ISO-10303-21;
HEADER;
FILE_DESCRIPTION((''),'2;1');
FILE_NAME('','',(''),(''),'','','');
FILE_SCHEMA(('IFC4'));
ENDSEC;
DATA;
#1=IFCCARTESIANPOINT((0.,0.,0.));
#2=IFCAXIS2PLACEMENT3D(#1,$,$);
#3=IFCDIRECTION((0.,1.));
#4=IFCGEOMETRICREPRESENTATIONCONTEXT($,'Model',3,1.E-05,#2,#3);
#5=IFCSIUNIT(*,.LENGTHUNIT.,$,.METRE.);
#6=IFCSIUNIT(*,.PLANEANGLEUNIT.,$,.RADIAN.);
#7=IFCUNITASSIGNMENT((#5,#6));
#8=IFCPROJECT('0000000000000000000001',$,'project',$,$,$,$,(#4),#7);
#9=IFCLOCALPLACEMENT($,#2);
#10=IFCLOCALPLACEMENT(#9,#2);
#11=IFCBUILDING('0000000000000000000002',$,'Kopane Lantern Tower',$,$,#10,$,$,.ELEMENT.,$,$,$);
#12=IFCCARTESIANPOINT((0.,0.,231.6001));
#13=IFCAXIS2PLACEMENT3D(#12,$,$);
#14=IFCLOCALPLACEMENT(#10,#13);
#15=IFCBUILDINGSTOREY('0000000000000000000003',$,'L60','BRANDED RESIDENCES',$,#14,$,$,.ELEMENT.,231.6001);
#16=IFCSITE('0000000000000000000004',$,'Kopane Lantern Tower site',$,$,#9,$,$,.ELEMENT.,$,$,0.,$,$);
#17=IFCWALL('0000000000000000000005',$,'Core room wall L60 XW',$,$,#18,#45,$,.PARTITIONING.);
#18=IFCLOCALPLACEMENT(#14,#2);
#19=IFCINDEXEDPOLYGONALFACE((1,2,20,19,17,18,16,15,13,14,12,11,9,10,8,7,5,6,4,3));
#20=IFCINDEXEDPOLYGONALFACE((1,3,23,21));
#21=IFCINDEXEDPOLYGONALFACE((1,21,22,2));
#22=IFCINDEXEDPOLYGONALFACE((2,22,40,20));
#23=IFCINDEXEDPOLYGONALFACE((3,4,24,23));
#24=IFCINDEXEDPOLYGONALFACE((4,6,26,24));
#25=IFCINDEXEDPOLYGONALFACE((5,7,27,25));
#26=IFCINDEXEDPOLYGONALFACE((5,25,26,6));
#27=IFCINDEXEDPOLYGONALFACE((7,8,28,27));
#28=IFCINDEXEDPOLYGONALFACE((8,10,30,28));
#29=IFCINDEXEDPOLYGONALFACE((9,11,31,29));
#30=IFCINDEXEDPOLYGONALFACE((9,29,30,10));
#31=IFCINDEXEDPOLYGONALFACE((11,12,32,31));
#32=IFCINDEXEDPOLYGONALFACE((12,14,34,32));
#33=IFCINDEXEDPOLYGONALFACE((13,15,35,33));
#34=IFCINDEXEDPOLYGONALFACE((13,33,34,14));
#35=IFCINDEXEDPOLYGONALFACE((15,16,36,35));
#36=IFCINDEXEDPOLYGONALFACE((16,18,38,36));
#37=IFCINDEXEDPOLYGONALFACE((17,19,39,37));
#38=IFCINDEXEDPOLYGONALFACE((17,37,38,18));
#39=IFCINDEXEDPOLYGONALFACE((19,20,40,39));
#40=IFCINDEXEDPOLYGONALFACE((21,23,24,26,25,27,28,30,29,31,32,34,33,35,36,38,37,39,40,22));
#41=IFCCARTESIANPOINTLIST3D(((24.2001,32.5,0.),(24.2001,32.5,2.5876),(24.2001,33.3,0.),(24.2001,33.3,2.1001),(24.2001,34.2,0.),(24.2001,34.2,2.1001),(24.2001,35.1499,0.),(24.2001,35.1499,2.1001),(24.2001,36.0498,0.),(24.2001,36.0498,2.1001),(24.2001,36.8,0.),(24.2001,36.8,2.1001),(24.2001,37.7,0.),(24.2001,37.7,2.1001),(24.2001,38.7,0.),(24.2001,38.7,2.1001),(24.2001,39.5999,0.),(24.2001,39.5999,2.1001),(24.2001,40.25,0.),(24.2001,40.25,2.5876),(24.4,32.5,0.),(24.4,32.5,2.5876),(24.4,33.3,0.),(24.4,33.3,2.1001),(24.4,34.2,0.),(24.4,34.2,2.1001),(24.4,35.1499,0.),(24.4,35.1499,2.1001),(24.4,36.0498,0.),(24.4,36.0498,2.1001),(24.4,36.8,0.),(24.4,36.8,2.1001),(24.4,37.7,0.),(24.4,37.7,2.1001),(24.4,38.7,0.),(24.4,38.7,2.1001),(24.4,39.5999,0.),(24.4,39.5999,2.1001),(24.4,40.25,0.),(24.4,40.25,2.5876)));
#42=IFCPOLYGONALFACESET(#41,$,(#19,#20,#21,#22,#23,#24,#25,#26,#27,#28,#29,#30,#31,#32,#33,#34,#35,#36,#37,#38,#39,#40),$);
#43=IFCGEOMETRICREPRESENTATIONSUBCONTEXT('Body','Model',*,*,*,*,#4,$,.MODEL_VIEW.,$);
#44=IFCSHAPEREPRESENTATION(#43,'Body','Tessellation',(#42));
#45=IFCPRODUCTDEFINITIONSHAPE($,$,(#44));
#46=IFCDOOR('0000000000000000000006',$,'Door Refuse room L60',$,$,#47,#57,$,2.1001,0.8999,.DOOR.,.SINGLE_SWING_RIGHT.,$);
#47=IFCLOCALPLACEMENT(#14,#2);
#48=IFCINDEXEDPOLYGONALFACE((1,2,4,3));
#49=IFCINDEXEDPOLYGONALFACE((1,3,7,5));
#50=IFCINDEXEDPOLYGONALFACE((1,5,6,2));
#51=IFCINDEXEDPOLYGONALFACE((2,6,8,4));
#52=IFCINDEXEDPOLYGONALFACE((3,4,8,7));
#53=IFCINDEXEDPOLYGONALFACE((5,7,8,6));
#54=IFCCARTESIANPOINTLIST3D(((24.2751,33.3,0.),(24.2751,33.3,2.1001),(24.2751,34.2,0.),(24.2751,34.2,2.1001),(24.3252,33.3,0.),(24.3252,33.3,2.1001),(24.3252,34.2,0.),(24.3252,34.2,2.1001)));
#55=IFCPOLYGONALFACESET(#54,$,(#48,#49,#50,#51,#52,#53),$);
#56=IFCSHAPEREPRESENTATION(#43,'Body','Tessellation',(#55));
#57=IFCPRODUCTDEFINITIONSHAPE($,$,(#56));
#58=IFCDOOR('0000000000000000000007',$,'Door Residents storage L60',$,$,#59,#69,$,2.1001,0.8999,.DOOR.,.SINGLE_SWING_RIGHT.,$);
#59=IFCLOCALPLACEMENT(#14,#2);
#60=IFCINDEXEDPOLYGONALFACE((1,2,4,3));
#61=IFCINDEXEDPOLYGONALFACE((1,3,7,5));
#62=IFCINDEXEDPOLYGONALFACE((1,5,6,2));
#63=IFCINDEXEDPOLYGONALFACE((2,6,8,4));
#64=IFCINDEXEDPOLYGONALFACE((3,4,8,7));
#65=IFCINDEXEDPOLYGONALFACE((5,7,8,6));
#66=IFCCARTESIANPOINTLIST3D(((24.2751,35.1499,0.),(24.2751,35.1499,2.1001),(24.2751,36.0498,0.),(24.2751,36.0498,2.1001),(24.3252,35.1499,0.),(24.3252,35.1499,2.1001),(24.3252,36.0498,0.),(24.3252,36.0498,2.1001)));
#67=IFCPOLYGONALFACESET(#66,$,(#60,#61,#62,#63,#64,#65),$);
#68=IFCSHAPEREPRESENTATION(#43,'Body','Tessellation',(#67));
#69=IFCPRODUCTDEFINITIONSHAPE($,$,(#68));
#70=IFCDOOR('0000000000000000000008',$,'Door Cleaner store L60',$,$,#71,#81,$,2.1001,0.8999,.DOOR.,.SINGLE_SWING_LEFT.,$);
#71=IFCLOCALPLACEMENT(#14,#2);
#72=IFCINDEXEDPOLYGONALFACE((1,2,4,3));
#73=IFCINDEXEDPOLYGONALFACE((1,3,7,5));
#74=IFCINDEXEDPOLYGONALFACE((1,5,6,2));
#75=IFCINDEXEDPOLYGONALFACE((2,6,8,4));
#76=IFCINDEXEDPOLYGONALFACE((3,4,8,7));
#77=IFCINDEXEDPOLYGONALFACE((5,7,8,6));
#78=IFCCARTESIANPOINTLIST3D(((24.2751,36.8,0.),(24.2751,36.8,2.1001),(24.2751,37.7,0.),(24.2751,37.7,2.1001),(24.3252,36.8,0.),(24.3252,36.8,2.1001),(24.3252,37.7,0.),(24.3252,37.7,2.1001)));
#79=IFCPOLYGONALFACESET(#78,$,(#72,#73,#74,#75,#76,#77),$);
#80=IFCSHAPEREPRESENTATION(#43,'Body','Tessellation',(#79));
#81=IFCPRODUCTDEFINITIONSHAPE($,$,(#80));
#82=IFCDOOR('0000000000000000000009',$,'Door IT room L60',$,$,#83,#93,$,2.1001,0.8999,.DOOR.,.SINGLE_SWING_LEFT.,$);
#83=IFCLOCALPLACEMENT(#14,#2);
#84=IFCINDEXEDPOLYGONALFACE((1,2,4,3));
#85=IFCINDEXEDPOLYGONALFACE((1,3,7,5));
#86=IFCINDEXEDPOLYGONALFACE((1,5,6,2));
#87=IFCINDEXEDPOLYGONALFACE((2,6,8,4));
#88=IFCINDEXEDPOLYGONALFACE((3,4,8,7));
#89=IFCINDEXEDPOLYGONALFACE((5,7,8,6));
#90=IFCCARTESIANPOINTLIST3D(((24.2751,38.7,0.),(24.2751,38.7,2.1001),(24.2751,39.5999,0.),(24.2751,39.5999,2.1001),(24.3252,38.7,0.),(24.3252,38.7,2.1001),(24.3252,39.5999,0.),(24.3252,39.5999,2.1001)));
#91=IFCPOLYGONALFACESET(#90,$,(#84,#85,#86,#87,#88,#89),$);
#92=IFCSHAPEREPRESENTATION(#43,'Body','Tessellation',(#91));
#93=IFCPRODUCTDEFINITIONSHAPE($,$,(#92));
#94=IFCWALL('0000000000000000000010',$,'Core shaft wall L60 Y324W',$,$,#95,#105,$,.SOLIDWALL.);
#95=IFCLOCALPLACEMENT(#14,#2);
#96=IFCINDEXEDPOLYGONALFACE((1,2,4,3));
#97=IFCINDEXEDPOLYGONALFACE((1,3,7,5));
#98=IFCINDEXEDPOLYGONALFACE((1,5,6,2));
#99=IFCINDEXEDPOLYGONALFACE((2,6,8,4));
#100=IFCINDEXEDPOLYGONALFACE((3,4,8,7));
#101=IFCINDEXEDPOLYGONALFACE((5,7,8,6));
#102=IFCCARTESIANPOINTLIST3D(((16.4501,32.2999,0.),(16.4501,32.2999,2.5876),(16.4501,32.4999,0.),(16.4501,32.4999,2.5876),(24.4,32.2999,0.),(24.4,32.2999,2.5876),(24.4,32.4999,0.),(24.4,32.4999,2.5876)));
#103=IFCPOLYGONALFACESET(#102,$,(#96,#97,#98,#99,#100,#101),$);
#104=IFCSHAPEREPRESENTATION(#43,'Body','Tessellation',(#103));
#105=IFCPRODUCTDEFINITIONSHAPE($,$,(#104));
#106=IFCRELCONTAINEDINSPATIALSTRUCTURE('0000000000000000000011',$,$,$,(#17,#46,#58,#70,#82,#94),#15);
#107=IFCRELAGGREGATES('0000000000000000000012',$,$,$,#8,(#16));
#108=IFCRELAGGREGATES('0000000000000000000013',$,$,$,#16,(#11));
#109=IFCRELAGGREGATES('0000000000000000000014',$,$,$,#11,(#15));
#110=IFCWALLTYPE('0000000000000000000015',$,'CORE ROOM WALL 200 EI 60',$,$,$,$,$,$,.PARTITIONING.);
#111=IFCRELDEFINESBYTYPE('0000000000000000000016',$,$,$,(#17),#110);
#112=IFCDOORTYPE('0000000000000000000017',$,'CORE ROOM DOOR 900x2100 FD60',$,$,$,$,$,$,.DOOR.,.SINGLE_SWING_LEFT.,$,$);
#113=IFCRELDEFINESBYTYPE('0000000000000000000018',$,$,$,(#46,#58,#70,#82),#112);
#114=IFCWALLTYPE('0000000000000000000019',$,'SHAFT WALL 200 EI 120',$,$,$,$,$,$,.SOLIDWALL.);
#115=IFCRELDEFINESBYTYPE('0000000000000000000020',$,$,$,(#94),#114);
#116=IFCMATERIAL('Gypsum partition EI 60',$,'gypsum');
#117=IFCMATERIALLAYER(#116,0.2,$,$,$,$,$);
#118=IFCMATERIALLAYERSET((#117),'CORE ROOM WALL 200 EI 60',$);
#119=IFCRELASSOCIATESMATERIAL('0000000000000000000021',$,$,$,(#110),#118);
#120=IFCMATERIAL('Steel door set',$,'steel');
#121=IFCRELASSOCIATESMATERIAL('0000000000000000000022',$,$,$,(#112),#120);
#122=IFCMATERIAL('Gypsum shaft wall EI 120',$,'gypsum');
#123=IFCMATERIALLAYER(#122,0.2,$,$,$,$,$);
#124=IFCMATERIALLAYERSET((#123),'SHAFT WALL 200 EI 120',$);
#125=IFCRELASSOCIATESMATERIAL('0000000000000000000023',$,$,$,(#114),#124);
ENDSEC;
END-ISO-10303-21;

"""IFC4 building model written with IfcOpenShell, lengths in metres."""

from ifc_helpers import new_model, si_unit, direction, frame, frame_2d, origin, place, context, subcontext, project, spatial, rectangle, extrude, material, layer, layer_set, type_object, element, fill, save


model = new_model("IFC4")

# Units and contexts
model_context = context("Model", 3, precision=1e-05, world=origin(), true_north=direction((0.0, 1.0)))
body_context = subcontext(model_context, "Body", "Model", "MODEL_VIEW")
ifc_project = project(units=[si_unit("LENGTHUNIT", "METRE"), si_unit("PLANEANGLEUNIT", "RADIAN")], contexts=[model_context])

# Site, building, storey
site_placement = place(None, origin())
site = spatial("IfcSite", under=ifc_project, at=site_placement, Name="Kopane Lantern Tower site", CompositionType="ELEMENT", RefElevation=0.0)
building_placement = place(site_placement, origin())
building = spatial("IfcBuilding", under=site, at=building_placement, Name="Kopane Lantern Tower", CompositionType="ELEMENT")
storey_placement = place(building_placement, frame((0.0, 0.0, 231.6001)))
storey = spatial("IfcBuildingStorey", under=building, at=storey_placement, Name="L60", Description="BRANDED RESIDENCES", CompositionType="ELEMENT", Elevation=231.6001)

# Wall, openings, doors
ifc_material_1 = material(Name="Gypsum partition EI 60", Category="gypsum")
ifc_layer_1 = layer(ifc_material_1, 0.2)
ifc_layer_set_1 = layer_set([ifc_layer_1], Name="CORE ROOM WALL 200 EI 60")
wall_type_1 = type_object("IfcWallType", Name="CORE ROOM WALL 200 EI 60", PredefinedType="PARTITIONING", material=ifc_layer_set_1)
wall_1_placement = place(storey_placement, frame((24.3, 32.5, 0.0), z_axis=(0.0, 0.0, 1.0), x_axis=(0.0, 1.0, 0.0)))
wall_1 = element("IfcWall", 1, at=wall_1_placement, inside=storey, type_object=wall_type_1, Name="Core room wall L60 XW", PredefinedType="PARTITIONING", context=body_context, shape_type="SweptSolid", body=[
    extrude(rectangle(XDim=7.75, YDim=0.2, at=frame_2d((3.875, 0.0))), origin(), (0.0, 0.0, 1.0), 2.5876),
])
opening_1_placement = place(wall_1_placement, frame((0.8, 0.0, 0.0)))
opening_1 = element("IfcOpeningElement", 2, at=opening_1_placement, cuts=wall_1, PredefinedType="OPENING", context=body_context, shape_type="SweptSolid", body=[
    extrude(rectangle(XDim=0.8999, YDim=2.1001, at=frame_2d((0.45, 1.05))), frame((0.0, 0.1099, 0.0), z_axis=(0.0, -1.0, 0.0), x_axis=(1.0, 0.0, 0.0)), (0.0, 0.0, 1.0), 0.22),
])
opening_2_placement = place(wall_1_placement, frame((2.6499, 0.0, 0.0)))
opening_2 = element("IfcOpeningElement", 3, at=opening_2_placement, cuts=wall_1, PredefinedType="OPENING", context=body_context, shape_type="SweptSolid", body=[
    extrude(rectangle(XDim=0.8999, YDim=2.1001, at=frame_2d((0.45, 1.05))), frame((0.0, 0.1099, 0.0), z_axis=(0.0, -1.0, 0.0), x_axis=(1.0, 0.0, 0.0)), (0.0, 0.0, 1.0), 0.22),
])
opening_3_placement = place(wall_1_placement, frame((4.3, 0.0, 0.0)))
opening_3 = element("IfcOpeningElement", 4, at=opening_3_placement, cuts=wall_1, PredefinedType="OPENING", context=body_context, shape_type="SweptSolid", body=[
    extrude(rectangle(XDim=0.8999, YDim=2.1001, at=frame_2d((0.45, 1.05))), frame((0.0, 0.1099, 0.0), z_axis=(0.0, -1.0, 0.0), x_axis=(1.0, 0.0, 0.0)), (0.0, 0.0, 1.0), 0.22),
])
opening_4_placement = place(wall_1_placement, frame((6.2, 0.0, 0.0)))
opening_4 = element("IfcOpeningElement", 5, at=opening_4_placement, cuts=wall_1, PredefinedType="OPENING", context=body_context, shape_type="SweptSolid", body=[
    extrude(rectangle(XDim=0.8999, YDim=2.1001, at=frame_2d((0.45, 1.05))), frame((0.0, 0.1099, 0.0), z_axis=(0.0, -1.0, 0.0), x_axis=(1.0, 0.0, 0.0)), (0.0, 0.0, 1.0), 0.22),
])
ifc_material_2 = material(Name="Steel door set", Category="steel")
door_type = type_object("IfcDoorType", Name="CORE ROOM DOOR 900x2100 FD60", OperationType="SINGLE_SWING_LEFT", PredefinedType="DOOR", material=ifc_material_2)
door_1_placement = place(opening_1_placement, origin())
door_1 = element("IfcDoor", 6, at=door_1_placement, inside=storey, type_object=door_type, Name="Door Refuse room L60", OperationType="SINGLE_SWING_RIGHT", OverallHeight=2.1001, OverallWidth=0.8999, PredefinedType="DOOR", context=body_context, shape_type="SweptSolid", body=[
    extrude(rectangle(XDim=0.8999, YDim=2.1001, at=frame_2d((0.45, 1.05))), frame((0.0, 0.0249, 0.0), z_axis=(0.0, -1.0, 0.0), x_axis=(1.0, 0.0, 0.0)), (0.0, 0.0, 1.0), 0.05),
])
fill(opening_1, door_1)
door_2_placement = place(opening_2_placement, origin())
door_2 = element("IfcDoor", 7, at=door_2_placement, inside=storey, type_object=door_type, Name="Door Residents storage L60", OperationType="SINGLE_SWING_RIGHT", OverallHeight=2.1001, OverallWidth=0.8999, PredefinedType="DOOR", context=body_context, shape_type="SweptSolid", body=[
    extrude(rectangle(XDim=0.8999, YDim=2.1001, at=frame_2d((0.45, 1.05))), frame((0.0, 0.0249, 0.0), z_axis=(0.0, -1.0, 0.0), x_axis=(1.0, 0.0, 0.0)), (0.0, 0.0, 1.0), 0.05),
])
fill(opening_2, door_2)
door_3_placement = place(opening_3_placement, origin())
door_3 = element("IfcDoor", 8, at=door_3_placement, inside=storey, type_object=door_type, Name="Door Cleaner store L60", OperationType="SINGLE_SWING_LEFT", OverallHeight=2.1001, OverallWidth=0.8999, PredefinedType="DOOR", context=body_context, shape_type="SweptSolid", body=[
    extrude(rectangle(XDim=0.8999, YDim=2.1001, at=frame_2d((0.45, 1.05))), frame((0.0, 0.0249, 0.0), z_axis=(0.0, -1.0, 0.0), x_axis=(1.0, 0.0, 0.0)), (0.0, 0.0, 1.0), 0.05),
])
fill(opening_3, door_3)
door_4_placement = place(opening_4_placement, origin())
door_4 = element("IfcDoor", 9, at=door_4_placement, inside=storey, type_object=door_type, Name="Door IT room L60", OperationType="SINGLE_SWING_LEFT", OverallHeight=2.1001, OverallWidth=0.8999, PredefinedType="DOOR", context=body_context, shape_type="SweptSolid", body=[
    extrude(rectangle(XDim=0.8999, YDim=2.1001, at=frame_2d((0.45, 1.05))), frame((0.0, 0.0249, 0.0), z_axis=(0.0, -1.0, 0.0), x_axis=(1.0, 0.0, 0.0)), (0.0, 0.0, 1.0), 0.05),
])
fill(opening_4, door_4)

# Wall
ifc_material_3 = material(Name="Gypsum shaft wall EI 120", Category="gypsum")
ifc_layer_2 = layer(ifc_material_3, 0.2)
ifc_layer_set_2 = layer_set([ifc_layer_2], Name="SHAFT WALL 200 EI 120")
wall_type_2 = type_object("IfcWallType", Name="SHAFT WALL 200 EI 120", PredefinedType="SOLIDWALL", material=ifc_layer_set_2)
wall_2_placement = place(storey_placement, frame((16.45, 32.3999, 0.0), z_axis=(0.0, 0.0, 1.0), x_axis=(1.0, 0.0, 0.0)))
element("IfcWall", 10, at=wall_2_placement, inside=storey, type_object=wall_type_2, Name="Core shaft wall L60 Y324W", PredefinedType="SOLIDWALL", context=body_context, shape_type="SweptSolid", body=[
    extrude(rectangle(XDim=7.95, YDim=0.2, at=frame_2d((3.9751, 0.0))), origin(), (0.0, 0.0, 1.0), 2.5876),
])

save(model, "model.ifc")
